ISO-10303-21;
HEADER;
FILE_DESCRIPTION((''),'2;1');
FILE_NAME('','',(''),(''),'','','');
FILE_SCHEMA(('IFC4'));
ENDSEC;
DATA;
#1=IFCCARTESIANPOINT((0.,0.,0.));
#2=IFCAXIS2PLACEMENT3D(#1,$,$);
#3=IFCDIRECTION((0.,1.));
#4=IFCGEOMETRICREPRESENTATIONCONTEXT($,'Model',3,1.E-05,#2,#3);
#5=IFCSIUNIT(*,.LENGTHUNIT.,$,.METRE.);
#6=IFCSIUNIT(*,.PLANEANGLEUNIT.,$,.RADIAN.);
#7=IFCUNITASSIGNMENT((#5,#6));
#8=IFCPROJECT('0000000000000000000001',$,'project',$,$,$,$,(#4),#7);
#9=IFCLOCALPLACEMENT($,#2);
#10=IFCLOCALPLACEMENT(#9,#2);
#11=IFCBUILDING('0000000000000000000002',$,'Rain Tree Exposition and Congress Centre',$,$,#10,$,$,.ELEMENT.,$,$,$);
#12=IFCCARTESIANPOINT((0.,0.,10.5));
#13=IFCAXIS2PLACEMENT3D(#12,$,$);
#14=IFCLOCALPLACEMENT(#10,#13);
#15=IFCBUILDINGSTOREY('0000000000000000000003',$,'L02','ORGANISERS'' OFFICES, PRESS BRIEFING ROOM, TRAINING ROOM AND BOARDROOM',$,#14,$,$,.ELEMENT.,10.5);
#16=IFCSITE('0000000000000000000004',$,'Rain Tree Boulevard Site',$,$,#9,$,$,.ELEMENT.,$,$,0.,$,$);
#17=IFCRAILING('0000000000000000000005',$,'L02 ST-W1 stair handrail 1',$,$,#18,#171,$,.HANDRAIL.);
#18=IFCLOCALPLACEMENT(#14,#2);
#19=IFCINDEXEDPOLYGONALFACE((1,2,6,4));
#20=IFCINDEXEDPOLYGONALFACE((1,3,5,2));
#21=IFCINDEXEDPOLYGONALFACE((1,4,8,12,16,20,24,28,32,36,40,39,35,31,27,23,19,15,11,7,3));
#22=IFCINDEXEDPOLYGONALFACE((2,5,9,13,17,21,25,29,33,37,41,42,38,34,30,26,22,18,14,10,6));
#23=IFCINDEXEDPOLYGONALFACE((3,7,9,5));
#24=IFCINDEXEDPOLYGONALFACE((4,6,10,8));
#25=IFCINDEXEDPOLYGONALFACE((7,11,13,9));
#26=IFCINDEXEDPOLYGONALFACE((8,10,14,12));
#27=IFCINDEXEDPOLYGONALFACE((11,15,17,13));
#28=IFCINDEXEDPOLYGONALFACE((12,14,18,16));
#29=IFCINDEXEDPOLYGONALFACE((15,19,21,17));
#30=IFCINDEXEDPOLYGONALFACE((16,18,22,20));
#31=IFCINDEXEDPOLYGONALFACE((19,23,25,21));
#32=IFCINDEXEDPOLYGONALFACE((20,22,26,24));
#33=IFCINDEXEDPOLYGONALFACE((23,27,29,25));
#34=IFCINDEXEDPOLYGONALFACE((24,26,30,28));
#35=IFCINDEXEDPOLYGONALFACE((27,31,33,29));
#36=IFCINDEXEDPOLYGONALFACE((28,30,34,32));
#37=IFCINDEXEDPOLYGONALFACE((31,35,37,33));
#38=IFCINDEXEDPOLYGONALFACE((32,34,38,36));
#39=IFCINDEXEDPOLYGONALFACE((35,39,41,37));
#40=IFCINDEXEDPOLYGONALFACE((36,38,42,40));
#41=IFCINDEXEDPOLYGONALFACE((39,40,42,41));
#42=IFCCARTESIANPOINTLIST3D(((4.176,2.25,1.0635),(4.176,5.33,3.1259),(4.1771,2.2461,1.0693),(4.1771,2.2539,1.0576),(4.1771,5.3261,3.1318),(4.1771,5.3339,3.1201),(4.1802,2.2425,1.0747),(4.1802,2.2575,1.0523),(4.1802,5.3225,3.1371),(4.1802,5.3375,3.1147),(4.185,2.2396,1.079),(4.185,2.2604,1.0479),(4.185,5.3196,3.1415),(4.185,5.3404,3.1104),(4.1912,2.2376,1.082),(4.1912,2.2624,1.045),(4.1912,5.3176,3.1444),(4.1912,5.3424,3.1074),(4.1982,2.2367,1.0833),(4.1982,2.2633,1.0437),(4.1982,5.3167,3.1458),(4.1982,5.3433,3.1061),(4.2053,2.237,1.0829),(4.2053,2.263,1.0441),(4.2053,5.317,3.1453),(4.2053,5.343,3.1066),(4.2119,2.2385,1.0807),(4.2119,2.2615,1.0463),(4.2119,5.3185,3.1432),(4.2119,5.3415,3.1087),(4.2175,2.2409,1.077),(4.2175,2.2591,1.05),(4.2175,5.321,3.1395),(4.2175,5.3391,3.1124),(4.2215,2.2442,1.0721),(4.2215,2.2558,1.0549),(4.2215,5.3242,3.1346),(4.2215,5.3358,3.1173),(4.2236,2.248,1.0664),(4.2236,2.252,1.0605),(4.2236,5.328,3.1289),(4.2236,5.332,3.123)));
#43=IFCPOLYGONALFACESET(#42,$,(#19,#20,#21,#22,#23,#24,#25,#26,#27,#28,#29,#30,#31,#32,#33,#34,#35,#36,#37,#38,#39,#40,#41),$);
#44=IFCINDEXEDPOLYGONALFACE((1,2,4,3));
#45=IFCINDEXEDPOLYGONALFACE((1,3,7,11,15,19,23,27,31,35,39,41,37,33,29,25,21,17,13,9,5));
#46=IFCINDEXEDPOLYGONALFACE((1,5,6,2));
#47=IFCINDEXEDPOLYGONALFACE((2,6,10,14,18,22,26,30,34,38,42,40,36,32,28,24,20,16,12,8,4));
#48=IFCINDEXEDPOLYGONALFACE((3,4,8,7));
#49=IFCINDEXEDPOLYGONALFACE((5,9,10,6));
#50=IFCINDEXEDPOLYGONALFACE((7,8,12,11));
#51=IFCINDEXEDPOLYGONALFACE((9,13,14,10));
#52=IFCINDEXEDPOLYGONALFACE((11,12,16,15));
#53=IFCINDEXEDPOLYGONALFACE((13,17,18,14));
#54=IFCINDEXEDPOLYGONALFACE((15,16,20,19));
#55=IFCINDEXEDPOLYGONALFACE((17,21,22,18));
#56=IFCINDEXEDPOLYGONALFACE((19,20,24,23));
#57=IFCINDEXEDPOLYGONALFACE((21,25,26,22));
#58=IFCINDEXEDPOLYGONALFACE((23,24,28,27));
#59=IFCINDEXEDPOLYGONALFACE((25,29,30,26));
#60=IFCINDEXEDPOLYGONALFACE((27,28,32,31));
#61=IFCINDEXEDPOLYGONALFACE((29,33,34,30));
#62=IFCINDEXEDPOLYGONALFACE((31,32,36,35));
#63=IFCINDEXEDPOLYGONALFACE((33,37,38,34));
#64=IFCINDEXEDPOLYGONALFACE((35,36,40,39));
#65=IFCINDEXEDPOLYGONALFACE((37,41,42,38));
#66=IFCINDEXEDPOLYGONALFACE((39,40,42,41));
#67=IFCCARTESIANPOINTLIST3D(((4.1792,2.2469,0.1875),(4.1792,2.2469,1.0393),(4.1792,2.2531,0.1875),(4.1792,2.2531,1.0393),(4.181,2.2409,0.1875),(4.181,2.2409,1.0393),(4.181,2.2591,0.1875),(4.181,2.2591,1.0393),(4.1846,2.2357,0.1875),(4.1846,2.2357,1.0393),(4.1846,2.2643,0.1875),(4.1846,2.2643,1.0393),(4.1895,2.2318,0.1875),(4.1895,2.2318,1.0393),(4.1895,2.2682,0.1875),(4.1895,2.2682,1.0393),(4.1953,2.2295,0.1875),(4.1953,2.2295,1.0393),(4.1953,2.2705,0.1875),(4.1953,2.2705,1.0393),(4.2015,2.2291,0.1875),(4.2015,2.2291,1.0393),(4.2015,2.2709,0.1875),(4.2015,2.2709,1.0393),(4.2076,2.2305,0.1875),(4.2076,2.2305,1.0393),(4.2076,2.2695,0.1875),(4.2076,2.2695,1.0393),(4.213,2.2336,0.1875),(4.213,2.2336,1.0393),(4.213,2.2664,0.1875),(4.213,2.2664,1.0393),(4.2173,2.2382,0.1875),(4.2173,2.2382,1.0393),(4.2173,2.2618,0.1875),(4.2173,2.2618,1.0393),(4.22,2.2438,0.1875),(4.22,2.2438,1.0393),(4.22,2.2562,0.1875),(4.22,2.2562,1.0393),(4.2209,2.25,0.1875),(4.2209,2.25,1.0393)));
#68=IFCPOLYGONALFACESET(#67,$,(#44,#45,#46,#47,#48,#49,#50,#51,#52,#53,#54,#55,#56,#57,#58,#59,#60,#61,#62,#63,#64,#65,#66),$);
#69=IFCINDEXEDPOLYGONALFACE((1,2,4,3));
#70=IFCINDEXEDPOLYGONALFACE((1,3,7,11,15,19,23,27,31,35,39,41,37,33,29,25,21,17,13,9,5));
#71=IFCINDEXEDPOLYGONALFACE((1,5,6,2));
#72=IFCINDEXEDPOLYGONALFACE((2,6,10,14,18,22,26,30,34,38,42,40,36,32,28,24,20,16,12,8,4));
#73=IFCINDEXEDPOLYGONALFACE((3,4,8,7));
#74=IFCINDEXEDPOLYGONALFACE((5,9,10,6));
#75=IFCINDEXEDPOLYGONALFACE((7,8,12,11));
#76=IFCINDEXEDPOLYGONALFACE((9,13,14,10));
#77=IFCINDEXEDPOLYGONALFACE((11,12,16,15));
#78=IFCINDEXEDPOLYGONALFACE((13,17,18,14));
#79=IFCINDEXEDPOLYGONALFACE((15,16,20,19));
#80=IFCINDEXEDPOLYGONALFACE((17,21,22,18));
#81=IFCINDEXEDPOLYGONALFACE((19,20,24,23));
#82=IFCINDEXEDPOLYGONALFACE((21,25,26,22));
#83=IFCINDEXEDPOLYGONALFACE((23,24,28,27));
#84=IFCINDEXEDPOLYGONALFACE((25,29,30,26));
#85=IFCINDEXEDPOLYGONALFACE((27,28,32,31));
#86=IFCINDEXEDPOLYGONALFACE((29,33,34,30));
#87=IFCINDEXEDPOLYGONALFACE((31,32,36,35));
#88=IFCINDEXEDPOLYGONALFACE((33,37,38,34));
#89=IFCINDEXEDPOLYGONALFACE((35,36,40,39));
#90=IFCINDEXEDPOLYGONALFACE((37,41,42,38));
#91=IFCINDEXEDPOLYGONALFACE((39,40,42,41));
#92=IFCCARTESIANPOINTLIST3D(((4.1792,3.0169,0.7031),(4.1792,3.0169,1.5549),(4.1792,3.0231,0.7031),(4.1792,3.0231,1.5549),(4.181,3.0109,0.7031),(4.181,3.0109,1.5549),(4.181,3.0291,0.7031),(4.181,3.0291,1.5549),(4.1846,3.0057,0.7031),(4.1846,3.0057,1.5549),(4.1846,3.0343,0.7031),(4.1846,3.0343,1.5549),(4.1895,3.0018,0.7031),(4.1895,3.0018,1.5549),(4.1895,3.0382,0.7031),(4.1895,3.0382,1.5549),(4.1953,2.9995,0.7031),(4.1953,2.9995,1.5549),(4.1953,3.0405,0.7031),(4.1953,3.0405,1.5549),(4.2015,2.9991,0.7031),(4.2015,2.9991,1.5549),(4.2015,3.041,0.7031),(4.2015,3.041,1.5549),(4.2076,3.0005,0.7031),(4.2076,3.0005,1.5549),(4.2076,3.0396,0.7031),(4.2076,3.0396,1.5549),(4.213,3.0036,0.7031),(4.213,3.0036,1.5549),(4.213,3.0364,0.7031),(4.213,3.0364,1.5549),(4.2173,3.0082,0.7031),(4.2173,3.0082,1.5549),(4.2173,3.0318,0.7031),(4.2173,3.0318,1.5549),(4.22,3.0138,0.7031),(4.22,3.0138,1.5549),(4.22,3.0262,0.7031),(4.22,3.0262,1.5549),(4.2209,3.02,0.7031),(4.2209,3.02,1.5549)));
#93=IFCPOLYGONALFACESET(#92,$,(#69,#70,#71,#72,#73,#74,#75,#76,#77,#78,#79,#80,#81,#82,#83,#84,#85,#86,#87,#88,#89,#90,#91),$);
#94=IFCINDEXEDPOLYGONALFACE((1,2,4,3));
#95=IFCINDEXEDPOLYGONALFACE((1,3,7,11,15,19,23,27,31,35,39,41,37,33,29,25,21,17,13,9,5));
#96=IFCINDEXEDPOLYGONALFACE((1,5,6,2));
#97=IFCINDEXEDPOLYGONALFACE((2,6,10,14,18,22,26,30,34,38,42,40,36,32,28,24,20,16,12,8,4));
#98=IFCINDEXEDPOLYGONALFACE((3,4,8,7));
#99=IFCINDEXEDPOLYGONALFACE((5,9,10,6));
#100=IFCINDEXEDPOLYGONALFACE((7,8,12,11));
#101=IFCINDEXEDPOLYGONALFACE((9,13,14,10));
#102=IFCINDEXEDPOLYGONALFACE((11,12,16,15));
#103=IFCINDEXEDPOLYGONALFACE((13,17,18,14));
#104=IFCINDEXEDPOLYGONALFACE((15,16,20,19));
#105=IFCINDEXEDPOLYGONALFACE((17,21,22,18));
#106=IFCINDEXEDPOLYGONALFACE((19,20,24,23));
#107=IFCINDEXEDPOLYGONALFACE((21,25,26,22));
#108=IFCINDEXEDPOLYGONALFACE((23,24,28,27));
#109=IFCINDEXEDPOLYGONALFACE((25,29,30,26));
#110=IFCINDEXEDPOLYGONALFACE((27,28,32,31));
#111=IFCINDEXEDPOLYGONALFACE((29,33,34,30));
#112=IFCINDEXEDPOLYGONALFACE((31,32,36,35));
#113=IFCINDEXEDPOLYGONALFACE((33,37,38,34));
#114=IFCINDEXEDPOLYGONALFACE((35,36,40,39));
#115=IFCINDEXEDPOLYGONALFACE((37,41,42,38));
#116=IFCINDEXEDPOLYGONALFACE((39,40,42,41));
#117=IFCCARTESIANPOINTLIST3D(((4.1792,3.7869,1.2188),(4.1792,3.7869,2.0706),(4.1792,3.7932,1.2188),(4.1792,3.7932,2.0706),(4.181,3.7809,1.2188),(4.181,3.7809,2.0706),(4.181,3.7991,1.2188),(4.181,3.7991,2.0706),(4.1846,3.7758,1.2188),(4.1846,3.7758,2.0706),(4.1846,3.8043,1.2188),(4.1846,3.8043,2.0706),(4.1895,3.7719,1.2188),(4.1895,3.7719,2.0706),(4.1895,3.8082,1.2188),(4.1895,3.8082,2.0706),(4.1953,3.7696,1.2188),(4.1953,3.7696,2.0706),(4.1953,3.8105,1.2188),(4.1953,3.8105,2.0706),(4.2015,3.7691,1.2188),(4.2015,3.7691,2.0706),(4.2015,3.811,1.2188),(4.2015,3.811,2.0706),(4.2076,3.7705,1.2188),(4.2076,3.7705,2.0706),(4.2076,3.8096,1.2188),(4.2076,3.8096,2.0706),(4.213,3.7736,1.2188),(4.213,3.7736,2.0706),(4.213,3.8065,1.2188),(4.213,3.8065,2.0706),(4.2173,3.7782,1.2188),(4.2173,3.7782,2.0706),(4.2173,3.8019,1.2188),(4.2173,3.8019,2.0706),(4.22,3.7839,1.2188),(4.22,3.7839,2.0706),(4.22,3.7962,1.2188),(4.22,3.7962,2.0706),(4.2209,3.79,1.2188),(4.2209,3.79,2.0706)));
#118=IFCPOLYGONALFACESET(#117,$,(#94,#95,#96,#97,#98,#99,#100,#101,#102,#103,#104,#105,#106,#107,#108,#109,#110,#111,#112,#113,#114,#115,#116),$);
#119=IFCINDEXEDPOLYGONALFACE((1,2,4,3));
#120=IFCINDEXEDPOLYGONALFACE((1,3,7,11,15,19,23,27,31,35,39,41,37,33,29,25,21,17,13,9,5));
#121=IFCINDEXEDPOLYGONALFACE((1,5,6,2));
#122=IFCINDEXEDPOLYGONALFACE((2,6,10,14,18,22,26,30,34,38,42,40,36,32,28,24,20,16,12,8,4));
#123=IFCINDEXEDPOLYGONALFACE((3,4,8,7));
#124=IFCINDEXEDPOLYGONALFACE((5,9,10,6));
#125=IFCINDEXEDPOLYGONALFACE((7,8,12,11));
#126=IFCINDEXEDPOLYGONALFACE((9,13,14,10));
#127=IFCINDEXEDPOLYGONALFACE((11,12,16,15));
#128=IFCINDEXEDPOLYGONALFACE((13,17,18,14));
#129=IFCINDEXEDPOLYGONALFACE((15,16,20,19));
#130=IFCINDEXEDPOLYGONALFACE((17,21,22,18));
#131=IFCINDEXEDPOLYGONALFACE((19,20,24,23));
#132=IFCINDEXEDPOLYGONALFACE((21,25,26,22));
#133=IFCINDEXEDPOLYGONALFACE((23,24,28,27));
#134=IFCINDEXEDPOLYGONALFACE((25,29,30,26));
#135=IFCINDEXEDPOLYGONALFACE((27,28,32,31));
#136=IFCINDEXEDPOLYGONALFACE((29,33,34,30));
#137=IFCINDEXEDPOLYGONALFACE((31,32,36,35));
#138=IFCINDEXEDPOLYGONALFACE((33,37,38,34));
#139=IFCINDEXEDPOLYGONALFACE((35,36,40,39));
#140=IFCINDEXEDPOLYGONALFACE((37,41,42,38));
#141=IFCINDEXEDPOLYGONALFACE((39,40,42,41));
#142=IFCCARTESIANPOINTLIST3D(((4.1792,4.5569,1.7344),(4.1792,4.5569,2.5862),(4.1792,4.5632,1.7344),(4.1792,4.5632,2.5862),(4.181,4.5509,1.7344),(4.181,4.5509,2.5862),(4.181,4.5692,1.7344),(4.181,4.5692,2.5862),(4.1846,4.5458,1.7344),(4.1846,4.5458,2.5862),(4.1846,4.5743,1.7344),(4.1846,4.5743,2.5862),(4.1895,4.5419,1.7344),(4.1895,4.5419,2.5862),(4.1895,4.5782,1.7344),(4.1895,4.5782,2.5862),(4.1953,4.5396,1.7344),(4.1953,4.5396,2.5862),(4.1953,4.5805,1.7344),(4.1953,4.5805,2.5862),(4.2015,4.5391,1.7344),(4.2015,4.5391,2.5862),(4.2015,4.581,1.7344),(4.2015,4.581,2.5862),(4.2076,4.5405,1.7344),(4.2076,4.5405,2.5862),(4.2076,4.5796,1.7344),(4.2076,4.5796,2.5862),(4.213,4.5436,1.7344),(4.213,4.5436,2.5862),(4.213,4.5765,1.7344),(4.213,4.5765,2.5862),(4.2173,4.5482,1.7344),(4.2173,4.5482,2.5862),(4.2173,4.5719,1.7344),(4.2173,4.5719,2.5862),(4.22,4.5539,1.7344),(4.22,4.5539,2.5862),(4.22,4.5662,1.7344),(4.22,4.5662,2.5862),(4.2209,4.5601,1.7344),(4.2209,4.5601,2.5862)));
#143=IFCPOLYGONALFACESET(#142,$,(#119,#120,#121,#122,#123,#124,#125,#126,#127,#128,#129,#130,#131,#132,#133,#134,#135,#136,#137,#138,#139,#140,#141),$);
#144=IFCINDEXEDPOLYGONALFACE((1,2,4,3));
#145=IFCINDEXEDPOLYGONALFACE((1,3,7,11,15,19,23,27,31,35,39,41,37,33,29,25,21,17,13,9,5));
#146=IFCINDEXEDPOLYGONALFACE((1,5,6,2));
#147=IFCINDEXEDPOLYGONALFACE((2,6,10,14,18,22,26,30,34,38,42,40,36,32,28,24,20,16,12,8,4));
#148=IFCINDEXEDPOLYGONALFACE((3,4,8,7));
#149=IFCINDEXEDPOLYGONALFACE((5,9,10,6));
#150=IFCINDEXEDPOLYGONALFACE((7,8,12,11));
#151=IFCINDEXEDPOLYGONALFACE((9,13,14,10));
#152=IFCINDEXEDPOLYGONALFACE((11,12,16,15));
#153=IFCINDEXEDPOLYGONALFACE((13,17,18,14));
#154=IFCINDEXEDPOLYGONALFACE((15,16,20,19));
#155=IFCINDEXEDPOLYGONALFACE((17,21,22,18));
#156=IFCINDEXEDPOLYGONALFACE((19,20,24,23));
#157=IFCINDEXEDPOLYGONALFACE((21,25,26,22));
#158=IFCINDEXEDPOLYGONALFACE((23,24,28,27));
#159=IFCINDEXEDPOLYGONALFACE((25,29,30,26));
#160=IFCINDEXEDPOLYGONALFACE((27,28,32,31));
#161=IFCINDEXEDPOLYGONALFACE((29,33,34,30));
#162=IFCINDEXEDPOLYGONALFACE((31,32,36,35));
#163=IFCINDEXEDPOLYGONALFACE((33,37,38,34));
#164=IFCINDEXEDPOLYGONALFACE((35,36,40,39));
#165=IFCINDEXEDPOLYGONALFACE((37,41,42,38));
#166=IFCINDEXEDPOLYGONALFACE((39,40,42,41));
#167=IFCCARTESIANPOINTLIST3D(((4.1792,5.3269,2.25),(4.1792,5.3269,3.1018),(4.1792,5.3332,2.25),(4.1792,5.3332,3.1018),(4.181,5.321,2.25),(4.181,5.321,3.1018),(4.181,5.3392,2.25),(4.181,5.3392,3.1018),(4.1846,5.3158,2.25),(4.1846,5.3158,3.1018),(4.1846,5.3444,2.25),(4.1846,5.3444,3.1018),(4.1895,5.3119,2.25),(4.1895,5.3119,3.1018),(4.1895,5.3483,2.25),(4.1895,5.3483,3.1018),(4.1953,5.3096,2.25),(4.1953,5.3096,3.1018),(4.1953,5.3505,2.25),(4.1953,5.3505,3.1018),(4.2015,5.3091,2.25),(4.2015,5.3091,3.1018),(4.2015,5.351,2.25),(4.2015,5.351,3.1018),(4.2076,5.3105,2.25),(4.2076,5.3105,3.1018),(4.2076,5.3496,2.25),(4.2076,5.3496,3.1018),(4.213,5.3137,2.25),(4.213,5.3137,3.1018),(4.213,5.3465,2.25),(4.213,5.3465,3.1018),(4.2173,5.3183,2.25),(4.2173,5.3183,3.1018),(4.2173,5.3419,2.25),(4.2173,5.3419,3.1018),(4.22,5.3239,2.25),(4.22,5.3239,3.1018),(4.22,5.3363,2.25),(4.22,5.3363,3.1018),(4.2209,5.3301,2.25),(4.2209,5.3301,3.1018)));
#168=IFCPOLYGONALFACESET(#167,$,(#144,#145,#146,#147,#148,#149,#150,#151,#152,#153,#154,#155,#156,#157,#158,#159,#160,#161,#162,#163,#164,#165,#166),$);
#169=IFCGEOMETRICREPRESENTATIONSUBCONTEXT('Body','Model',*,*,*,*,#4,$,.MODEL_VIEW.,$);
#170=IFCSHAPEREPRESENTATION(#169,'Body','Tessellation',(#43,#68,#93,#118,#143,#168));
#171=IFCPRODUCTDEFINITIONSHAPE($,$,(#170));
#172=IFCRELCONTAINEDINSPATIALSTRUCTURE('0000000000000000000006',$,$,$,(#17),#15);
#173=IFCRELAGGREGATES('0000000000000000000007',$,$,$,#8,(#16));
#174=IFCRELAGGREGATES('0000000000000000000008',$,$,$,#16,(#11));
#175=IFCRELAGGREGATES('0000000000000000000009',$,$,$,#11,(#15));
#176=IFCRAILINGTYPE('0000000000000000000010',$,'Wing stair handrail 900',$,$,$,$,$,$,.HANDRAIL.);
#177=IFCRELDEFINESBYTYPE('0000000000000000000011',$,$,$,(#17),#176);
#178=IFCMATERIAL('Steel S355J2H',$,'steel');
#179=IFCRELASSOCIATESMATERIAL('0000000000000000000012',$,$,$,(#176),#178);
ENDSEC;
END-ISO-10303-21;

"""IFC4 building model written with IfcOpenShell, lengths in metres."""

from ifc_helpers import new_model, si_unit, direction, frame, origin, origin_2d, place, context, subcontext, project, spatial, circle, extrude, material, type_object, element, save


model = new_model("IFC4")

# Units and contexts
model_context = context("Model", 3, precision=1e-05, world=origin(), true_north=direction((0.0, 1.0)))
body_context = subcontext(model_context, "Body", "Model", "MODEL_VIEW")
ifc_project = project(units=[si_unit("LENGTHUNIT", "METRE"), si_unit("PLANEANGLEUNIT", "RADIAN")], contexts=[model_context])

# Site, building, storey
site_placement = place(None, origin())
site = spatial("IfcSite", under=ifc_project, at=site_placement, Name="Rain Tree Boulevard Site", CompositionType="ELEMENT", RefElevation=0.0)
building_placement = place(site_placement, origin())
building = spatial("IfcBuilding", under=site, at=building_placement, Name="Rain Tree Exposition and Congress Centre", CompositionType="ELEMENT")
storey_placement = place(building_placement, frame((0.0, 0.0, 10.5)))
storey = spatial("IfcBuildingStorey", under=building, at=storey_placement, Name="L02", Description="ORGANISERS' OFFICES, PRESS BRIEFING ROOM, TRAINING ROOM AND BOARDROOM", CompositionType="ELEMENT", Elevation=10.5)

# Railing
ifc_material_1 = material(Name="Steel S355J2H", Category="steel")
railing_type_1 = type_object("IfcRailingType", Name="Wing stair handrail 900", PredefinedType="HANDRAIL", material=ifc_material_1)
railing_1_placement = place(storey_placement, frame((4.2, 2.25, 0.1875)))
element("IfcRailing", 1, at=railing_1_placement, inside=storey, type_object=railing_type_1, Name="L02 ST-W1 stair handrail 1", PredefinedType="HANDRAIL", context=body_context, shape_type="SweptSolid", body=[
    extrude(circle(Radius=0.0239, at=origin_2d()), frame((0.0, 0.0, 0.876), z_axis=(0.0, 0.830914, 0.556401), x_axis=(-1.0, 0.0, 0.0)), (0.0, 0.0, 1.0), 3.7068),
    extrude(circle(Radius=0.021, at=origin_2d()), origin(), (0.0, 0.0, 1.0), 0.8518),
    extrude(circle(Radius=0.021, at=origin_2d()), frame((0.0, 0.77, 0.5156)), (0.0, 0.0, 1.0), 0.8518),
    extrude(circle(Radius=0.021, at=origin_2d()), frame((0.0, 1.54, 1.0312)), (0.0, 0.0, 1.0), 0.8518),
    extrude(circle(Radius=0.021, at=origin_2d()), frame((0.0, 2.3101, 1.5469)), (0.0, 0.0, 1.0), 0.8518),
    extrude(circle(Radius=0.021, at=origin_2d()), frame((0.0, 3.0801, 2.0625)), (0.0, 0.0, 1.0), 0.8518),
])

save(model, "model.ifc")
